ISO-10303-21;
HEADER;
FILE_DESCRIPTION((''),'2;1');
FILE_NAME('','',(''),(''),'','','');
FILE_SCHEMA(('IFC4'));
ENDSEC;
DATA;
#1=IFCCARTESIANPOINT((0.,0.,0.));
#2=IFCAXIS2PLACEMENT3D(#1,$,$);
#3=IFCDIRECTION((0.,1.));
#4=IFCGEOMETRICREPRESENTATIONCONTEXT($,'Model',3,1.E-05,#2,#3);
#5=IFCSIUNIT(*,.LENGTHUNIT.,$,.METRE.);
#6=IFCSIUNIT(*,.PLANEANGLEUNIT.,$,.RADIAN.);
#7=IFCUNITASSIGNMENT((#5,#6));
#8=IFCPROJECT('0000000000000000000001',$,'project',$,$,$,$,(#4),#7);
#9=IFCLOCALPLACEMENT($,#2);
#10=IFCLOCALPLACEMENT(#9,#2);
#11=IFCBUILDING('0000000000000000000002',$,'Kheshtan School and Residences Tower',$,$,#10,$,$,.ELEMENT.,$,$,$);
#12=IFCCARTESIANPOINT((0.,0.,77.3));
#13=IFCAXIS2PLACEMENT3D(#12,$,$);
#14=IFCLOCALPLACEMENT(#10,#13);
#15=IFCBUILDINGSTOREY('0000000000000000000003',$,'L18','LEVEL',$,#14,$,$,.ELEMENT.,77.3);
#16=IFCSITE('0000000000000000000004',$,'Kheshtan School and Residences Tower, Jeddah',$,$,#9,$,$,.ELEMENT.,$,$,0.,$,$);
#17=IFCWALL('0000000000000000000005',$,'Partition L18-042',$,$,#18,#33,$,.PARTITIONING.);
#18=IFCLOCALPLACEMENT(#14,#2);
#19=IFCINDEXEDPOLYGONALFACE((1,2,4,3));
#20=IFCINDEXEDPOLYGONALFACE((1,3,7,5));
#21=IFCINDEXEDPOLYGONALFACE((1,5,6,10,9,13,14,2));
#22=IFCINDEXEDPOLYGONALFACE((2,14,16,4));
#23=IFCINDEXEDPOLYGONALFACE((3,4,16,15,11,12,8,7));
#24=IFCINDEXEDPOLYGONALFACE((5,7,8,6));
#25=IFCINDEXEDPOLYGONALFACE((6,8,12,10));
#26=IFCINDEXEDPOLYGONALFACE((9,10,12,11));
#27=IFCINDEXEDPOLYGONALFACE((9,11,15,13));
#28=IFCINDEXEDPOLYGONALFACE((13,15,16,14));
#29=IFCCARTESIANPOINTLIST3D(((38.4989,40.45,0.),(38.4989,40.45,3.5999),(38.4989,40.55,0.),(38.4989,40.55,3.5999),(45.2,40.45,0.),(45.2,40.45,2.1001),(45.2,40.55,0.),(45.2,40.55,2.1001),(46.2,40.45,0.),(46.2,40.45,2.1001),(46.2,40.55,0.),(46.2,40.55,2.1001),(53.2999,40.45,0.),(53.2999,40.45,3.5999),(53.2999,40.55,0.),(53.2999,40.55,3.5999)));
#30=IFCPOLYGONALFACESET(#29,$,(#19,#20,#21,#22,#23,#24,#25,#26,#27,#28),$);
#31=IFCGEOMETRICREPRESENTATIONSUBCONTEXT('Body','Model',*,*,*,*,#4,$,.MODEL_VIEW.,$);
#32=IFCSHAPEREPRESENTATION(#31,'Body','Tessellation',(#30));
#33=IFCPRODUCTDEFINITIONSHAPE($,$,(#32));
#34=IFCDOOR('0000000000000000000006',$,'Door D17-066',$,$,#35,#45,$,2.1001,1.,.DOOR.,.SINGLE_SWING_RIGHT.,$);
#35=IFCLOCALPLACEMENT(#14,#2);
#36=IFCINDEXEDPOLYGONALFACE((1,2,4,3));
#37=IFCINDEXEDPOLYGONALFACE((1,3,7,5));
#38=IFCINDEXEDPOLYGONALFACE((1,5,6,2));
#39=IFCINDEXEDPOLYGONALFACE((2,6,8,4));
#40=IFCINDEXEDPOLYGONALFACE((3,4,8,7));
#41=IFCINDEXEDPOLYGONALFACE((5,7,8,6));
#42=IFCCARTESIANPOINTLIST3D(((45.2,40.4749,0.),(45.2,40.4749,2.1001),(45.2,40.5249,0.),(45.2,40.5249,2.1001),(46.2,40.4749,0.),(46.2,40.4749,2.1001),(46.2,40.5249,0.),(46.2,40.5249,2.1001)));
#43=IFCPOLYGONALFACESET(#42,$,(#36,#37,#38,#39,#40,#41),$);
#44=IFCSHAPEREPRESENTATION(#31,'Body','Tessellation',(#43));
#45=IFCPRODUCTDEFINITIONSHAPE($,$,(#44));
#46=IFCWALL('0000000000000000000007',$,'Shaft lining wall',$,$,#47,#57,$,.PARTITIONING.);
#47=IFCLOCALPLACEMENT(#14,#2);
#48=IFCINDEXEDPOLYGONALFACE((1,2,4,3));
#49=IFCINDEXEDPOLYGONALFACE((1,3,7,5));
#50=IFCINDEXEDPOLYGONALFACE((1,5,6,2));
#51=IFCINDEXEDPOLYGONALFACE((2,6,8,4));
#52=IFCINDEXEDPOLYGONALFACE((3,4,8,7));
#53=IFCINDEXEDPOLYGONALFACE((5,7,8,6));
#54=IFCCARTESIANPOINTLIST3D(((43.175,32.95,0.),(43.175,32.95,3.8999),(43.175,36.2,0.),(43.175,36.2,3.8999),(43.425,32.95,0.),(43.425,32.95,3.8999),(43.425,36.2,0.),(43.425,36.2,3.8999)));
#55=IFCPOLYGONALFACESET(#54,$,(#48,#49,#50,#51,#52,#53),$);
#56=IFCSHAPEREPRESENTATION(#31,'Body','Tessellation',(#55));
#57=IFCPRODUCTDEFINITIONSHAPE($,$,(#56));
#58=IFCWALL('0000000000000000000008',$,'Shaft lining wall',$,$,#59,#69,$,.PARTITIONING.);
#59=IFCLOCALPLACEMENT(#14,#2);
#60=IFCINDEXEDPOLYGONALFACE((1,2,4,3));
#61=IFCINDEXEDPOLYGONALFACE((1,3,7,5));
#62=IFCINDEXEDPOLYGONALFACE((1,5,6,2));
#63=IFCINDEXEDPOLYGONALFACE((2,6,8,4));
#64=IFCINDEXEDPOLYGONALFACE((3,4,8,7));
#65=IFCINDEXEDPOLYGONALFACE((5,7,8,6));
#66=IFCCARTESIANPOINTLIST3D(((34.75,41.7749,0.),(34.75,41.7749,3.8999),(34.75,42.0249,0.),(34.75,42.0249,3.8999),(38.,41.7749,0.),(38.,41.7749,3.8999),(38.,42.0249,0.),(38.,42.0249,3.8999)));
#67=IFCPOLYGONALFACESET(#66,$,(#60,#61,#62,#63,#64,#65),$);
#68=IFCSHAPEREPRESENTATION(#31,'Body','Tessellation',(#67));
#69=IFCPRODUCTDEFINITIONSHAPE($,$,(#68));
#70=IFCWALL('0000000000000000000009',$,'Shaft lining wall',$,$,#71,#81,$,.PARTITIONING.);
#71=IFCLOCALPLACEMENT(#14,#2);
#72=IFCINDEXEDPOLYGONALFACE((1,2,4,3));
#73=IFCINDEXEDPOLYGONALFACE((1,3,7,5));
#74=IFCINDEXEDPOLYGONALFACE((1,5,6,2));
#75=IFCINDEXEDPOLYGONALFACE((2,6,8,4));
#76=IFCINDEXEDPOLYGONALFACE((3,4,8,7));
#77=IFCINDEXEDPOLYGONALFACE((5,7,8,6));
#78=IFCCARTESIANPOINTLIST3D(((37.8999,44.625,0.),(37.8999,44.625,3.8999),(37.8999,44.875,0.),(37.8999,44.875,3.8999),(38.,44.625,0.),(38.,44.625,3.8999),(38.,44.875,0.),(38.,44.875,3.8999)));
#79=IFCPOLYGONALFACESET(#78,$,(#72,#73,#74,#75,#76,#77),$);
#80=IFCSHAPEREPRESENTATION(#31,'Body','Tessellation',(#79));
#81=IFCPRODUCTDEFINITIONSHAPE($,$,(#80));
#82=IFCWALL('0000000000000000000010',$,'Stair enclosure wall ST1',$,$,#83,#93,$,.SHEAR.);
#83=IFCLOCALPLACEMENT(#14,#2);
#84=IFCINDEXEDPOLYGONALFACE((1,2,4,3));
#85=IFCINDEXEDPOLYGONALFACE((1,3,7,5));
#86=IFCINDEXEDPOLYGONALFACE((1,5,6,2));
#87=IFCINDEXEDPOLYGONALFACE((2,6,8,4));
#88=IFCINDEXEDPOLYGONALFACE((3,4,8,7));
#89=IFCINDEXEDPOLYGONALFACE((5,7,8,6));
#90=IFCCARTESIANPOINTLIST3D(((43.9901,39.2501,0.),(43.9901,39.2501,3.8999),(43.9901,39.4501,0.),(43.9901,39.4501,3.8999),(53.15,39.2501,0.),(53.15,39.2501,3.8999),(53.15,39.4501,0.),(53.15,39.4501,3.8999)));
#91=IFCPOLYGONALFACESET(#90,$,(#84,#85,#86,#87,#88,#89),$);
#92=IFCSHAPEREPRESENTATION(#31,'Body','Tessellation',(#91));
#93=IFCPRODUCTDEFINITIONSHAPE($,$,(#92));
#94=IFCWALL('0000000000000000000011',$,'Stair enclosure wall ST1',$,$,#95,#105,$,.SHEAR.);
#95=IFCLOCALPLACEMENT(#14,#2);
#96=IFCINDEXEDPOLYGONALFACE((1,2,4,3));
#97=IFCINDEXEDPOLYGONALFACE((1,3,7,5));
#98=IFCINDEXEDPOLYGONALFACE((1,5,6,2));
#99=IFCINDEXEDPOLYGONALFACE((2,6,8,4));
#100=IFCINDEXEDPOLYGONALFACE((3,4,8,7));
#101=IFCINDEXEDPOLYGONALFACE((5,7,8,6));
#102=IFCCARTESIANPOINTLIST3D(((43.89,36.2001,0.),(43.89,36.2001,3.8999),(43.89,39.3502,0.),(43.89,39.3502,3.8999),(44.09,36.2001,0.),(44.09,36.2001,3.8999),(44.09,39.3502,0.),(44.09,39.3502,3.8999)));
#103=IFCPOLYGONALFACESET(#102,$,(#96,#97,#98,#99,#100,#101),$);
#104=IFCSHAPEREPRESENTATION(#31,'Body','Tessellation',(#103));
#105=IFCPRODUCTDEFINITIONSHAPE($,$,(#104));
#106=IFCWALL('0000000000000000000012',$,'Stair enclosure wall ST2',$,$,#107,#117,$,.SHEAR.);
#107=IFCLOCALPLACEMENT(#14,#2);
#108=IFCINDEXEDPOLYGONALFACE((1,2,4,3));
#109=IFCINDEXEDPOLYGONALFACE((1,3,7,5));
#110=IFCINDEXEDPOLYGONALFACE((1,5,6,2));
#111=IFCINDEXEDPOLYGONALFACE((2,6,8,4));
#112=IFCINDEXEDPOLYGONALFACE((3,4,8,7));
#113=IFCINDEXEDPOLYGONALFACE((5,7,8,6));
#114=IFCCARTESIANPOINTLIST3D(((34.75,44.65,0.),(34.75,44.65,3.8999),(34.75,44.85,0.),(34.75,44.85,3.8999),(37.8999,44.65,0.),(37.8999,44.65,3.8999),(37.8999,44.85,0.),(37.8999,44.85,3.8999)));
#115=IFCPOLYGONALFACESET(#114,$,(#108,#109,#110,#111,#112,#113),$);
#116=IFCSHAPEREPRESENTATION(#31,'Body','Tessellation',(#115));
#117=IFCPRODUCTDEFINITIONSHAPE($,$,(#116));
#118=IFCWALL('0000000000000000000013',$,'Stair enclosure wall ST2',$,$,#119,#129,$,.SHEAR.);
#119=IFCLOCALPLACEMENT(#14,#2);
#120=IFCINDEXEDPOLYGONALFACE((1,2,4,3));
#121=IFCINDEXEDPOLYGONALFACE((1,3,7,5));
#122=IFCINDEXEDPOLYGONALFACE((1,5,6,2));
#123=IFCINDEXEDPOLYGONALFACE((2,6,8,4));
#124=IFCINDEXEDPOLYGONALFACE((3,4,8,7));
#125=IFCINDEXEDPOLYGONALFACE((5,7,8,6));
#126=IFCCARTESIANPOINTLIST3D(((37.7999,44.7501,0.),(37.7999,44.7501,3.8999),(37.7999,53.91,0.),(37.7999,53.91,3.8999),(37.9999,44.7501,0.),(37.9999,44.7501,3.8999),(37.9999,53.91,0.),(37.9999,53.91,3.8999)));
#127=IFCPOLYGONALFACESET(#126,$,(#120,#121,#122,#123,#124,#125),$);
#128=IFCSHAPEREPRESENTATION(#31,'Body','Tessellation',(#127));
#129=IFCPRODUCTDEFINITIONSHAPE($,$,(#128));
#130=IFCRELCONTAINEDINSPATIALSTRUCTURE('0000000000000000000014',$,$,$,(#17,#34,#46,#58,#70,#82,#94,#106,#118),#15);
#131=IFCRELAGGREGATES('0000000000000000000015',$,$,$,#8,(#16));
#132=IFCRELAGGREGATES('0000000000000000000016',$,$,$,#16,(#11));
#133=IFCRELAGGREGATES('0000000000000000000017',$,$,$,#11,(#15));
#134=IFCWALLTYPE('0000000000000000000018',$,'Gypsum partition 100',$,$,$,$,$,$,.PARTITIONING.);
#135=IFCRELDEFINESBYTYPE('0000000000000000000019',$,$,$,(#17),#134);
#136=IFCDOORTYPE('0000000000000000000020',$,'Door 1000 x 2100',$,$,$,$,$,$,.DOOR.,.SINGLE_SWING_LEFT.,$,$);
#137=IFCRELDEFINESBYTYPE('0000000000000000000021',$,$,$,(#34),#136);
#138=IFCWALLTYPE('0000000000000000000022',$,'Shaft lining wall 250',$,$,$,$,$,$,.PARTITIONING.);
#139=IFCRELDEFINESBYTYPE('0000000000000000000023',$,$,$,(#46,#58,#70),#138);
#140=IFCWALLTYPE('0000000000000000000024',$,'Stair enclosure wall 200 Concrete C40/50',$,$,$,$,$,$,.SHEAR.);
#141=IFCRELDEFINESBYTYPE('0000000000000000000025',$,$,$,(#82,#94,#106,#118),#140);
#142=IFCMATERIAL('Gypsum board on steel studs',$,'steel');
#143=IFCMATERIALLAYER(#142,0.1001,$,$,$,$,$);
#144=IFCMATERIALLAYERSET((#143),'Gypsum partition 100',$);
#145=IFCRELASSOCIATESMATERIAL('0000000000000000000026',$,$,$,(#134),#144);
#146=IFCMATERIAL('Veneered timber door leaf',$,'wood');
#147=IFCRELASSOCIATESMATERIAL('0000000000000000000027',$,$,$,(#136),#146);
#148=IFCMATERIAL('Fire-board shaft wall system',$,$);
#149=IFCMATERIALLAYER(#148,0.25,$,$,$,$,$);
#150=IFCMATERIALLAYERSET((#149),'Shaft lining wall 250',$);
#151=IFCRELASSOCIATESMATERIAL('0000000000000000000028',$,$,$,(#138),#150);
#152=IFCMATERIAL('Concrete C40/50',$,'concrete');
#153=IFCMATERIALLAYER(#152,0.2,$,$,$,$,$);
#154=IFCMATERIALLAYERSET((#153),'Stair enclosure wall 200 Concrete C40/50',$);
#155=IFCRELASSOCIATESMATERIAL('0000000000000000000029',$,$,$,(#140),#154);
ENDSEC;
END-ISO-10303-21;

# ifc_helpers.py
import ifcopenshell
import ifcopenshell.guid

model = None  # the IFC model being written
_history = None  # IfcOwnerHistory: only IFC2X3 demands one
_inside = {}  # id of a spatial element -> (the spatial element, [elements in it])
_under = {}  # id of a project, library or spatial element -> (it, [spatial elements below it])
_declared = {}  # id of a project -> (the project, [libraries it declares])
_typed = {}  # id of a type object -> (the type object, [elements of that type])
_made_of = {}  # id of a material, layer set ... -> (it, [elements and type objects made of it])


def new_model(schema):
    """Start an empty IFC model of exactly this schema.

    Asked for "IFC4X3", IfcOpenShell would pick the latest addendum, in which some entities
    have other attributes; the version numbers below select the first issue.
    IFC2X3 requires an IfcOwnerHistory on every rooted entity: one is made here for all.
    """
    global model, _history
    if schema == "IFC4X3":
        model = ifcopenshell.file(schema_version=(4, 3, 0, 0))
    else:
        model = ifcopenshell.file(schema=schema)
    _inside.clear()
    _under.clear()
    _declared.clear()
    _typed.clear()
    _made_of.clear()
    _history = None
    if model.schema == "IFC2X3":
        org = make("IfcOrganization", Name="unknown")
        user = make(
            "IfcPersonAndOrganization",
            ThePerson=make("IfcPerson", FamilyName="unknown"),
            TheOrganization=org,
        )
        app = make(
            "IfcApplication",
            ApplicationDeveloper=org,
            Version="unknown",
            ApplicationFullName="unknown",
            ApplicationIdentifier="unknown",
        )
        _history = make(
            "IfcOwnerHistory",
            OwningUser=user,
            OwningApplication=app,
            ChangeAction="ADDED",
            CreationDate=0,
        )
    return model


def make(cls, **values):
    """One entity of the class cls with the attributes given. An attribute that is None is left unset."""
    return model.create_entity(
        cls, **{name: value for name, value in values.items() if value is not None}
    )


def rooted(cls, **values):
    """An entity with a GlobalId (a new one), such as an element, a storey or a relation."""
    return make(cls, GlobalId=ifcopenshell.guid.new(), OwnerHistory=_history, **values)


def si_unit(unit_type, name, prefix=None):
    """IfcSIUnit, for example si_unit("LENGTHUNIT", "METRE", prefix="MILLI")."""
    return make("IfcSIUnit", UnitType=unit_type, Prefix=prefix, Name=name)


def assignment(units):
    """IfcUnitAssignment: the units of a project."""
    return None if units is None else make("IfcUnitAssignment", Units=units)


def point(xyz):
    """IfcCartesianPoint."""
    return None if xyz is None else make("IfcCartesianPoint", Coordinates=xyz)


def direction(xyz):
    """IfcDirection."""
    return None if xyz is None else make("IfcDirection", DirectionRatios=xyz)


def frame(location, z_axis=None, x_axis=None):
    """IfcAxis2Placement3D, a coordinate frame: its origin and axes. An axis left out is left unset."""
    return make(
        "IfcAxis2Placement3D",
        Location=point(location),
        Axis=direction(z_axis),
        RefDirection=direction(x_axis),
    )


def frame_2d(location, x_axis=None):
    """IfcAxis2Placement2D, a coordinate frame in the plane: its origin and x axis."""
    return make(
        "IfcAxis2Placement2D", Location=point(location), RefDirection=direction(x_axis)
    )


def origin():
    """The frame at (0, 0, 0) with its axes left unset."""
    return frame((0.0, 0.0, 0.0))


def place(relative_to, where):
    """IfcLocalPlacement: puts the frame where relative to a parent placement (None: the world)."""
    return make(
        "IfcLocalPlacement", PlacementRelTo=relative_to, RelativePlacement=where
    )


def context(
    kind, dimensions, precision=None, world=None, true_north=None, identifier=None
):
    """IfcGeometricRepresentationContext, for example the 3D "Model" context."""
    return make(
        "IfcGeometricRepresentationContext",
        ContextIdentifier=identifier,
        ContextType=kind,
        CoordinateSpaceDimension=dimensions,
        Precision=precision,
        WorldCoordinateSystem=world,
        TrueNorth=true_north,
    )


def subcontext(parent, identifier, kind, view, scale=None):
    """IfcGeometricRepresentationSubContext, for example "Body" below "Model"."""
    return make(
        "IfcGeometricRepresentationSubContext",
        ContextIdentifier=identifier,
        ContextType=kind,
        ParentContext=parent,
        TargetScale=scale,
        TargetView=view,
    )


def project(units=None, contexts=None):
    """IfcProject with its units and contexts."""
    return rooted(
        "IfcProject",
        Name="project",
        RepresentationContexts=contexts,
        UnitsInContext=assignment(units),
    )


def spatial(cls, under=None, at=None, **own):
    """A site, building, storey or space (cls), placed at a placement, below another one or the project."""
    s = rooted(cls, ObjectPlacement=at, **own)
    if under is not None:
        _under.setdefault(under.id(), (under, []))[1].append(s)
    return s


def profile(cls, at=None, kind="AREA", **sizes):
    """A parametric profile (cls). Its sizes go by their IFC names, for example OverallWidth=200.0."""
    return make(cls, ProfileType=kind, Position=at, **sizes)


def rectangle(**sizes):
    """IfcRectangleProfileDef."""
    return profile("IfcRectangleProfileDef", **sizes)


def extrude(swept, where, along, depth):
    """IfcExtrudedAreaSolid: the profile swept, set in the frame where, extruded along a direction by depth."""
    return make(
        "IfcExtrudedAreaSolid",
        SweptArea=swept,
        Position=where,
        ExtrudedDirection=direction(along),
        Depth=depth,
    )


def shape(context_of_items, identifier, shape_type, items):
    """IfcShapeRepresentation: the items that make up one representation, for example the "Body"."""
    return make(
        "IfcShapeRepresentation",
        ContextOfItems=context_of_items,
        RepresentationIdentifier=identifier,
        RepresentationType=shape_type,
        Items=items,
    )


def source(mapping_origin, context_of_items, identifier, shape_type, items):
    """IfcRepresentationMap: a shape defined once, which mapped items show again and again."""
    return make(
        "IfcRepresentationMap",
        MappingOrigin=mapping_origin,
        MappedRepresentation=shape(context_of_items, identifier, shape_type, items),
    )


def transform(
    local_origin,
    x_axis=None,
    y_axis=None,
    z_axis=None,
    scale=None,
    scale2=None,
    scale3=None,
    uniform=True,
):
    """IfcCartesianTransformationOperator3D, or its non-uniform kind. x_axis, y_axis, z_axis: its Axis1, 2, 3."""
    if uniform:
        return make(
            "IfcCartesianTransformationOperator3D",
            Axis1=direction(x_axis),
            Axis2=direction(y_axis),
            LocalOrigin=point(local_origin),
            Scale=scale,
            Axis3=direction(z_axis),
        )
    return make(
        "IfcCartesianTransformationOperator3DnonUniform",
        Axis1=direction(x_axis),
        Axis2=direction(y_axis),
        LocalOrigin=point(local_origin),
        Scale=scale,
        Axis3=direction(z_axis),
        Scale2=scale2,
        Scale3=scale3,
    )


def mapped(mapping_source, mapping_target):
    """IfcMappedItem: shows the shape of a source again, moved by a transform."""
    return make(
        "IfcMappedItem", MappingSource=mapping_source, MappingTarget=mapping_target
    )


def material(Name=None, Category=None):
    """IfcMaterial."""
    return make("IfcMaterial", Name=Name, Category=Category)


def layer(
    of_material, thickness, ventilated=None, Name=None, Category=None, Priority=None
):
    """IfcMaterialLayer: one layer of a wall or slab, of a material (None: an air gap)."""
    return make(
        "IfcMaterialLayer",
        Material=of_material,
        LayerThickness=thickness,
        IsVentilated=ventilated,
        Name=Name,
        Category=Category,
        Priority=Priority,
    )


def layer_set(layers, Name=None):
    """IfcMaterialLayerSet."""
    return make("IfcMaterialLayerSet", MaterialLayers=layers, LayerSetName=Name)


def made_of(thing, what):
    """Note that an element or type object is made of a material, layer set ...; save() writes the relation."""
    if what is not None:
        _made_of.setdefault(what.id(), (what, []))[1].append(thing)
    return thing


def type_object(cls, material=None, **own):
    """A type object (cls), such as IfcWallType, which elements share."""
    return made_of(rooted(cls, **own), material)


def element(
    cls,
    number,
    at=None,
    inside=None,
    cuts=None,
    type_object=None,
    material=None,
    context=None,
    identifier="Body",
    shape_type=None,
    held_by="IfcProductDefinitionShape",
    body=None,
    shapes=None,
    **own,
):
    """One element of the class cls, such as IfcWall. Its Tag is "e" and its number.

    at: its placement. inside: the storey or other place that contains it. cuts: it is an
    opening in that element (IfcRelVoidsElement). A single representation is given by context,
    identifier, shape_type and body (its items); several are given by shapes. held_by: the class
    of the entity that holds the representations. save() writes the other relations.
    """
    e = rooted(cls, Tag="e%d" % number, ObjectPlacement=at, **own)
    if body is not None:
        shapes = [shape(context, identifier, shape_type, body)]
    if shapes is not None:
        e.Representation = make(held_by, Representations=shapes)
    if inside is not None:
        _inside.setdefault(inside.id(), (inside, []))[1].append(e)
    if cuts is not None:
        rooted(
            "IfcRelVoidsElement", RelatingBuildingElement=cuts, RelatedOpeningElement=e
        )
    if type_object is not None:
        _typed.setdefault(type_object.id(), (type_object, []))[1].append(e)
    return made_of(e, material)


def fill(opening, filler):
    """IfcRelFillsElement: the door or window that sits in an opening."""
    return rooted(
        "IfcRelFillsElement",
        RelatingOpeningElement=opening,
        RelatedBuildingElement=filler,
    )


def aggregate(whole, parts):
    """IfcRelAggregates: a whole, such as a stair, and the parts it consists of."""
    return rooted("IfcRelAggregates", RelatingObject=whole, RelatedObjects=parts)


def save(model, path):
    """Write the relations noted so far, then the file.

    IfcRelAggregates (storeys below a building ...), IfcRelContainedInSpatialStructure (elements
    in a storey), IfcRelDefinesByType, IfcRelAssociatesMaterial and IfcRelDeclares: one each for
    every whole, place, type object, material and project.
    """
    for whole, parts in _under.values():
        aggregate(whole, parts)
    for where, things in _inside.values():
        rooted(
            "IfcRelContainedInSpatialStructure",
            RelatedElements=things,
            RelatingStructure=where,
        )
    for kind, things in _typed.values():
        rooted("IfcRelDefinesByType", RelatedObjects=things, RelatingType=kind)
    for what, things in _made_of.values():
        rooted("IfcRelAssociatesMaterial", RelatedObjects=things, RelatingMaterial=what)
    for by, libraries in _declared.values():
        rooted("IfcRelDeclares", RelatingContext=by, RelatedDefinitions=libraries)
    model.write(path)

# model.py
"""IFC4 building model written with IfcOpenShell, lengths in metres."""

from ifc_helpers import new_model, si_unit, direction, frame, frame_2d, origin, place, context, subcontext, project, spatial, rectangle, extrude, source, transform, mapped, material, layer, layer_set, type_object, element, fill, save


model = new_model("IFC4")

# Units and contexts
model_context = context("Model", 3, precision=1e-05, world=origin(), true_north=direction((0.0, 1.0)))
body_context = subcontext(model_context, "Body", "Model", "MODEL_VIEW")
ifc_project = project(units=[si_unit("LENGTHUNIT", "METRE"), si_unit("PLANEANGLEUNIT", "RADIAN")], contexts=[model_context])

# Site, building, storey
site_placement = place(None, origin())
site = spatial("IfcSite", under=ifc_project, at=site_placement, Name="Kheshtan School and Residences Tower, Jeddah", CompositionType="ELEMENT", RefElevation=0.0)
building_placement = place(site_placement, origin())
building = spatial("IfcBuilding", under=site, at=building_placement, Name="Kheshtan School and Residences Tower", CompositionType="ELEMENT")
storey_placement = place(building_placement, frame((0.0, 0.0, 77.3)))
storey = spatial("IfcBuildingStorey", under=building, at=storey_placement, Name="L18", Description="LEVEL", CompositionType="ELEMENT", Elevation=77.3)

# Wall, opening, door
ifc_material_1 = material(Name="Gypsum board on steel studs", Category="steel")
ifc_layer_1 = layer(ifc_material_1, 0.1001)
ifc_layer_set_1 = layer_set([ifc_layer_1], Name="Gypsum partition 100")
wall_type_1 = type_object("IfcWallType", Name="Gypsum partition 100", PredefinedType="PARTITIONING", material=ifc_layer_set_1)
wall_1_placement = place(storey_placement, frame((38.499, 40.5, 0.0), z_axis=(0.0, 0.0, 1.0), x_axis=(1.0, 0.0, 0.0)))
wall_1 = element("IfcWall", 1, at=wall_1_placement, inside=storey, type_object=wall_type_1, Name="Partition L18-042", PredefinedType="PARTITIONING", context=body_context, shape_type="SweptSolid", body=[
    extrude(rectangle(XDim=14.801, YDim=0.1001, at=frame_2d((7.4004, 0.0))), origin(), (0.0, 0.0, 1.0), 3.5999),
])
opening_1_placement = place(wall_1_placement, frame((6.7009, 0.0, 0.0)))
opening_1 = element("IfcOpeningElement", 2, at=opening_1_placement, cuts=wall_1, PredefinedType="OPENING", context=body_context, shape_type="SweptSolid", body=[
    extrude(rectangle(XDim=1.0, YDim=2.1001, at=frame_2d((0.5, 1.05))), frame((0.0, 0.0601, 0.0), z_axis=(0.0, -1.0, 0.0), x_axis=(1.0, 0.0, 0.0)), (0.0, 0.0, 1.0), 0.1201),
])
ifc_material_2 = material(Name="Veneered timber door leaf", Category="wood")
door_type_1 = type_object("IfcDoorType", Name="Door 1000 x 2100", OperationType="SINGLE_SWING_LEFT", PredefinedType="DOOR", material=ifc_material_2)
shared_shape_1 = source(origin(), body_context, "Body", "SweptSolid", [
    extrude(rectangle(XDim=1.0, YDim=2.1001, at=frame_2d((0.5, 1.05))), frame((0.0, 0.0249, 0.0), z_axis=(0.0, -1.0, 0.0), x_axis=(1.0, 0.0, 0.0)), (0.0, 0.0, 1.0), 0.05),
])
door_1_placement = place(opening_1_placement, origin())
door_1 = element("IfcDoor", 3, at=door_1_placement, inside=storey, type_object=door_type_1, Name="Door D17-066", OperationType="SINGLE_SWING_RIGHT", OverallHeight=2.1001, OverallWidth=1.0, PredefinedType="DOOR", context=body_context, shape_type="MappedRepresentation", body=[
    mapped(shared_shape_1, transform((0.0, 0.0, 0.0), x_axis=(1.0, 0.0, 0.0), y_axis=(0.0, 1.0, 0.0), z_axis=(0.0, 0.0, 1.0), scale=1.0)),
])
fill(opening_1, door_1)

# Walls
ifc_material_3 = material(Name="Fire-board shaft wall system")
ifc_layer_2 = layer(ifc_material_3, 0.25)
ifc_layer_set_2 = layer_set([ifc_layer_2], Name="Shaft lining wall 250")
wall_type_2 = type_object("IfcWallType", Name="Shaft lining wall 250", PredefinedType="PARTITIONING", material=ifc_layer_set_2)
for number, where, z_axis, x_axis, name in (
    (4, (43.3, 32.95, 0.0), (0.0, 0.0, 1.0), (0.0, 1.0, 0.0), "Shaft lining wall"),
    (5, (34.75, 41.8999, 0.0), (0.0, 0.0, 1.0), (1.0, 0.0, 0.0), "Shaft lining wall"),
):
    element("IfcWall", number, at=place(storey_placement, frame(where, z_axis=z_axis, x_axis=x_axis)), inside=storey, type_object=wall_type_2, Name=name, PredefinedType="PARTITIONING", context=body_context, shape_type="SweptSolid", body=[
        extrude(rectangle(XDim=3.25, YDim=0.25, at=frame_2d((1.625, 0.0))), origin(), (0.0, 0.0, 1.0), 3.8999),
    ])
wall_2_placement = place(storey_placement, frame((37.8999, 44.75, 0.0), z_axis=(0.0, 0.0, 1.0), x_axis=(1.0, 0.0, 0.0)))
element("IfcWall", 6, at=wall_2_placement, inside=storey, type_object=wall_type_2, Name="Shaft lining wall", PredefinedType="PARTITIONING", context=body_context, shape_type="SweptSolid", body=[
    extrude(rectangle(XDim=0.1001, YDim=0.25, at=frame_2d((0.05, 0.0))), origin(), (0.0, 0.0, 1.0), 3.8999),
])
ifc_material_4 = material(Name="Concrete C40/50", Category="concrete")
ifc_layer_3 = layer(ifc_material_4, 0.2)
ifc_layer_set_3 = layer_set([ifc_layer_3], Name="Stair enclosure wall 200 Concrete C40/50")
wall_type_3 = type_object("IfcWallType", Name="Stair enclosure wall 200 Concrete C40/50", PredefinedType="SHEAR", material=ifc_layer_set_3)
wall_3_placement = place(storey_placement, frame((43.99, 39.3501, 0.0), z_axis=(0.0, 0.0, 1.0), x_axis=(1.0, 0.0, 0.0)))
element("IfcWall", 7, at=wall_3_placement, inside=storey, type_object=wall_type_3, Name="Stair enclosure wall ST1", PredefinedType="SHEAR", context=body_context, shape_type="SweptSolid", body=[
    extrude(rectangle(XDim=9.1599, YDim=0.2, at=frame_2d((4.5801, 0.0))), origin(), (0.0, 0.0, 1.0), 3.8999),
])
wall_4_placement = place(storey_placement, frame((43.99, 36.2, 0.0), z_axis=(0.0, 0.0, 1.0), x_axis=(0.0, 1.0, 0.0)))
element("IfcWall", 8, at=wall_4_placement, inside=storey, type_object=wall_type_3, Name="Stair enclosure wall ST1", PredefinedType="SHEAR", context=body_context, shape_type="SweptSolid", body=[
    extrude(rectangle(XDim=3.1501, YDim=0.2, at=frame_2d((1.5752, 0.0))), origin(), (0.0, 0.0, 1.0), 3.8999),
])
wall_5_placement = place(storey_placement, frame((34.75, 44.75, 0.0), z_axis=(0.0, 0.0, 1.0), x_axis=(1.0, 0.0, 0.0)))
element("IfcWall", 9, at=wall_5_placement, inside=storey, type_object=wall_type_3, Name="Stair enclosure wall ST2", PredefinedType="SHEAR", context=body_context, shape_type="SweptSolid", body=[
    extrude(rectangle(XDim=3.1499, YDim=0.2, at=frame_2d((1.575, 0.0))), origin(), (0.0, 0.0, 1.0), 3.8999),
])
wall_6_placement = place(storey_placement, frame((37.8999, 44.75, 0.0), z_axis=(0.0, 0.0, 1.0), x_axis=(0.0, 1.0, 0.0)))
element("IfcWall", 10, at=wall_6_placement, inside=storey, type_object=wall_type_3, Name="Stair enclosure wall ST2", PredefinedType="SHEAR", context=body_context, shape_type="SweptSolid", body=[
    extrude(rectangle(XDim=9.1599, YDim=0.2, at=frame_2d((4.5801, 0.0))), origin(), (0.0, 0.0, 1.0), 3.8999),
])

save(model, "model.ifc")
